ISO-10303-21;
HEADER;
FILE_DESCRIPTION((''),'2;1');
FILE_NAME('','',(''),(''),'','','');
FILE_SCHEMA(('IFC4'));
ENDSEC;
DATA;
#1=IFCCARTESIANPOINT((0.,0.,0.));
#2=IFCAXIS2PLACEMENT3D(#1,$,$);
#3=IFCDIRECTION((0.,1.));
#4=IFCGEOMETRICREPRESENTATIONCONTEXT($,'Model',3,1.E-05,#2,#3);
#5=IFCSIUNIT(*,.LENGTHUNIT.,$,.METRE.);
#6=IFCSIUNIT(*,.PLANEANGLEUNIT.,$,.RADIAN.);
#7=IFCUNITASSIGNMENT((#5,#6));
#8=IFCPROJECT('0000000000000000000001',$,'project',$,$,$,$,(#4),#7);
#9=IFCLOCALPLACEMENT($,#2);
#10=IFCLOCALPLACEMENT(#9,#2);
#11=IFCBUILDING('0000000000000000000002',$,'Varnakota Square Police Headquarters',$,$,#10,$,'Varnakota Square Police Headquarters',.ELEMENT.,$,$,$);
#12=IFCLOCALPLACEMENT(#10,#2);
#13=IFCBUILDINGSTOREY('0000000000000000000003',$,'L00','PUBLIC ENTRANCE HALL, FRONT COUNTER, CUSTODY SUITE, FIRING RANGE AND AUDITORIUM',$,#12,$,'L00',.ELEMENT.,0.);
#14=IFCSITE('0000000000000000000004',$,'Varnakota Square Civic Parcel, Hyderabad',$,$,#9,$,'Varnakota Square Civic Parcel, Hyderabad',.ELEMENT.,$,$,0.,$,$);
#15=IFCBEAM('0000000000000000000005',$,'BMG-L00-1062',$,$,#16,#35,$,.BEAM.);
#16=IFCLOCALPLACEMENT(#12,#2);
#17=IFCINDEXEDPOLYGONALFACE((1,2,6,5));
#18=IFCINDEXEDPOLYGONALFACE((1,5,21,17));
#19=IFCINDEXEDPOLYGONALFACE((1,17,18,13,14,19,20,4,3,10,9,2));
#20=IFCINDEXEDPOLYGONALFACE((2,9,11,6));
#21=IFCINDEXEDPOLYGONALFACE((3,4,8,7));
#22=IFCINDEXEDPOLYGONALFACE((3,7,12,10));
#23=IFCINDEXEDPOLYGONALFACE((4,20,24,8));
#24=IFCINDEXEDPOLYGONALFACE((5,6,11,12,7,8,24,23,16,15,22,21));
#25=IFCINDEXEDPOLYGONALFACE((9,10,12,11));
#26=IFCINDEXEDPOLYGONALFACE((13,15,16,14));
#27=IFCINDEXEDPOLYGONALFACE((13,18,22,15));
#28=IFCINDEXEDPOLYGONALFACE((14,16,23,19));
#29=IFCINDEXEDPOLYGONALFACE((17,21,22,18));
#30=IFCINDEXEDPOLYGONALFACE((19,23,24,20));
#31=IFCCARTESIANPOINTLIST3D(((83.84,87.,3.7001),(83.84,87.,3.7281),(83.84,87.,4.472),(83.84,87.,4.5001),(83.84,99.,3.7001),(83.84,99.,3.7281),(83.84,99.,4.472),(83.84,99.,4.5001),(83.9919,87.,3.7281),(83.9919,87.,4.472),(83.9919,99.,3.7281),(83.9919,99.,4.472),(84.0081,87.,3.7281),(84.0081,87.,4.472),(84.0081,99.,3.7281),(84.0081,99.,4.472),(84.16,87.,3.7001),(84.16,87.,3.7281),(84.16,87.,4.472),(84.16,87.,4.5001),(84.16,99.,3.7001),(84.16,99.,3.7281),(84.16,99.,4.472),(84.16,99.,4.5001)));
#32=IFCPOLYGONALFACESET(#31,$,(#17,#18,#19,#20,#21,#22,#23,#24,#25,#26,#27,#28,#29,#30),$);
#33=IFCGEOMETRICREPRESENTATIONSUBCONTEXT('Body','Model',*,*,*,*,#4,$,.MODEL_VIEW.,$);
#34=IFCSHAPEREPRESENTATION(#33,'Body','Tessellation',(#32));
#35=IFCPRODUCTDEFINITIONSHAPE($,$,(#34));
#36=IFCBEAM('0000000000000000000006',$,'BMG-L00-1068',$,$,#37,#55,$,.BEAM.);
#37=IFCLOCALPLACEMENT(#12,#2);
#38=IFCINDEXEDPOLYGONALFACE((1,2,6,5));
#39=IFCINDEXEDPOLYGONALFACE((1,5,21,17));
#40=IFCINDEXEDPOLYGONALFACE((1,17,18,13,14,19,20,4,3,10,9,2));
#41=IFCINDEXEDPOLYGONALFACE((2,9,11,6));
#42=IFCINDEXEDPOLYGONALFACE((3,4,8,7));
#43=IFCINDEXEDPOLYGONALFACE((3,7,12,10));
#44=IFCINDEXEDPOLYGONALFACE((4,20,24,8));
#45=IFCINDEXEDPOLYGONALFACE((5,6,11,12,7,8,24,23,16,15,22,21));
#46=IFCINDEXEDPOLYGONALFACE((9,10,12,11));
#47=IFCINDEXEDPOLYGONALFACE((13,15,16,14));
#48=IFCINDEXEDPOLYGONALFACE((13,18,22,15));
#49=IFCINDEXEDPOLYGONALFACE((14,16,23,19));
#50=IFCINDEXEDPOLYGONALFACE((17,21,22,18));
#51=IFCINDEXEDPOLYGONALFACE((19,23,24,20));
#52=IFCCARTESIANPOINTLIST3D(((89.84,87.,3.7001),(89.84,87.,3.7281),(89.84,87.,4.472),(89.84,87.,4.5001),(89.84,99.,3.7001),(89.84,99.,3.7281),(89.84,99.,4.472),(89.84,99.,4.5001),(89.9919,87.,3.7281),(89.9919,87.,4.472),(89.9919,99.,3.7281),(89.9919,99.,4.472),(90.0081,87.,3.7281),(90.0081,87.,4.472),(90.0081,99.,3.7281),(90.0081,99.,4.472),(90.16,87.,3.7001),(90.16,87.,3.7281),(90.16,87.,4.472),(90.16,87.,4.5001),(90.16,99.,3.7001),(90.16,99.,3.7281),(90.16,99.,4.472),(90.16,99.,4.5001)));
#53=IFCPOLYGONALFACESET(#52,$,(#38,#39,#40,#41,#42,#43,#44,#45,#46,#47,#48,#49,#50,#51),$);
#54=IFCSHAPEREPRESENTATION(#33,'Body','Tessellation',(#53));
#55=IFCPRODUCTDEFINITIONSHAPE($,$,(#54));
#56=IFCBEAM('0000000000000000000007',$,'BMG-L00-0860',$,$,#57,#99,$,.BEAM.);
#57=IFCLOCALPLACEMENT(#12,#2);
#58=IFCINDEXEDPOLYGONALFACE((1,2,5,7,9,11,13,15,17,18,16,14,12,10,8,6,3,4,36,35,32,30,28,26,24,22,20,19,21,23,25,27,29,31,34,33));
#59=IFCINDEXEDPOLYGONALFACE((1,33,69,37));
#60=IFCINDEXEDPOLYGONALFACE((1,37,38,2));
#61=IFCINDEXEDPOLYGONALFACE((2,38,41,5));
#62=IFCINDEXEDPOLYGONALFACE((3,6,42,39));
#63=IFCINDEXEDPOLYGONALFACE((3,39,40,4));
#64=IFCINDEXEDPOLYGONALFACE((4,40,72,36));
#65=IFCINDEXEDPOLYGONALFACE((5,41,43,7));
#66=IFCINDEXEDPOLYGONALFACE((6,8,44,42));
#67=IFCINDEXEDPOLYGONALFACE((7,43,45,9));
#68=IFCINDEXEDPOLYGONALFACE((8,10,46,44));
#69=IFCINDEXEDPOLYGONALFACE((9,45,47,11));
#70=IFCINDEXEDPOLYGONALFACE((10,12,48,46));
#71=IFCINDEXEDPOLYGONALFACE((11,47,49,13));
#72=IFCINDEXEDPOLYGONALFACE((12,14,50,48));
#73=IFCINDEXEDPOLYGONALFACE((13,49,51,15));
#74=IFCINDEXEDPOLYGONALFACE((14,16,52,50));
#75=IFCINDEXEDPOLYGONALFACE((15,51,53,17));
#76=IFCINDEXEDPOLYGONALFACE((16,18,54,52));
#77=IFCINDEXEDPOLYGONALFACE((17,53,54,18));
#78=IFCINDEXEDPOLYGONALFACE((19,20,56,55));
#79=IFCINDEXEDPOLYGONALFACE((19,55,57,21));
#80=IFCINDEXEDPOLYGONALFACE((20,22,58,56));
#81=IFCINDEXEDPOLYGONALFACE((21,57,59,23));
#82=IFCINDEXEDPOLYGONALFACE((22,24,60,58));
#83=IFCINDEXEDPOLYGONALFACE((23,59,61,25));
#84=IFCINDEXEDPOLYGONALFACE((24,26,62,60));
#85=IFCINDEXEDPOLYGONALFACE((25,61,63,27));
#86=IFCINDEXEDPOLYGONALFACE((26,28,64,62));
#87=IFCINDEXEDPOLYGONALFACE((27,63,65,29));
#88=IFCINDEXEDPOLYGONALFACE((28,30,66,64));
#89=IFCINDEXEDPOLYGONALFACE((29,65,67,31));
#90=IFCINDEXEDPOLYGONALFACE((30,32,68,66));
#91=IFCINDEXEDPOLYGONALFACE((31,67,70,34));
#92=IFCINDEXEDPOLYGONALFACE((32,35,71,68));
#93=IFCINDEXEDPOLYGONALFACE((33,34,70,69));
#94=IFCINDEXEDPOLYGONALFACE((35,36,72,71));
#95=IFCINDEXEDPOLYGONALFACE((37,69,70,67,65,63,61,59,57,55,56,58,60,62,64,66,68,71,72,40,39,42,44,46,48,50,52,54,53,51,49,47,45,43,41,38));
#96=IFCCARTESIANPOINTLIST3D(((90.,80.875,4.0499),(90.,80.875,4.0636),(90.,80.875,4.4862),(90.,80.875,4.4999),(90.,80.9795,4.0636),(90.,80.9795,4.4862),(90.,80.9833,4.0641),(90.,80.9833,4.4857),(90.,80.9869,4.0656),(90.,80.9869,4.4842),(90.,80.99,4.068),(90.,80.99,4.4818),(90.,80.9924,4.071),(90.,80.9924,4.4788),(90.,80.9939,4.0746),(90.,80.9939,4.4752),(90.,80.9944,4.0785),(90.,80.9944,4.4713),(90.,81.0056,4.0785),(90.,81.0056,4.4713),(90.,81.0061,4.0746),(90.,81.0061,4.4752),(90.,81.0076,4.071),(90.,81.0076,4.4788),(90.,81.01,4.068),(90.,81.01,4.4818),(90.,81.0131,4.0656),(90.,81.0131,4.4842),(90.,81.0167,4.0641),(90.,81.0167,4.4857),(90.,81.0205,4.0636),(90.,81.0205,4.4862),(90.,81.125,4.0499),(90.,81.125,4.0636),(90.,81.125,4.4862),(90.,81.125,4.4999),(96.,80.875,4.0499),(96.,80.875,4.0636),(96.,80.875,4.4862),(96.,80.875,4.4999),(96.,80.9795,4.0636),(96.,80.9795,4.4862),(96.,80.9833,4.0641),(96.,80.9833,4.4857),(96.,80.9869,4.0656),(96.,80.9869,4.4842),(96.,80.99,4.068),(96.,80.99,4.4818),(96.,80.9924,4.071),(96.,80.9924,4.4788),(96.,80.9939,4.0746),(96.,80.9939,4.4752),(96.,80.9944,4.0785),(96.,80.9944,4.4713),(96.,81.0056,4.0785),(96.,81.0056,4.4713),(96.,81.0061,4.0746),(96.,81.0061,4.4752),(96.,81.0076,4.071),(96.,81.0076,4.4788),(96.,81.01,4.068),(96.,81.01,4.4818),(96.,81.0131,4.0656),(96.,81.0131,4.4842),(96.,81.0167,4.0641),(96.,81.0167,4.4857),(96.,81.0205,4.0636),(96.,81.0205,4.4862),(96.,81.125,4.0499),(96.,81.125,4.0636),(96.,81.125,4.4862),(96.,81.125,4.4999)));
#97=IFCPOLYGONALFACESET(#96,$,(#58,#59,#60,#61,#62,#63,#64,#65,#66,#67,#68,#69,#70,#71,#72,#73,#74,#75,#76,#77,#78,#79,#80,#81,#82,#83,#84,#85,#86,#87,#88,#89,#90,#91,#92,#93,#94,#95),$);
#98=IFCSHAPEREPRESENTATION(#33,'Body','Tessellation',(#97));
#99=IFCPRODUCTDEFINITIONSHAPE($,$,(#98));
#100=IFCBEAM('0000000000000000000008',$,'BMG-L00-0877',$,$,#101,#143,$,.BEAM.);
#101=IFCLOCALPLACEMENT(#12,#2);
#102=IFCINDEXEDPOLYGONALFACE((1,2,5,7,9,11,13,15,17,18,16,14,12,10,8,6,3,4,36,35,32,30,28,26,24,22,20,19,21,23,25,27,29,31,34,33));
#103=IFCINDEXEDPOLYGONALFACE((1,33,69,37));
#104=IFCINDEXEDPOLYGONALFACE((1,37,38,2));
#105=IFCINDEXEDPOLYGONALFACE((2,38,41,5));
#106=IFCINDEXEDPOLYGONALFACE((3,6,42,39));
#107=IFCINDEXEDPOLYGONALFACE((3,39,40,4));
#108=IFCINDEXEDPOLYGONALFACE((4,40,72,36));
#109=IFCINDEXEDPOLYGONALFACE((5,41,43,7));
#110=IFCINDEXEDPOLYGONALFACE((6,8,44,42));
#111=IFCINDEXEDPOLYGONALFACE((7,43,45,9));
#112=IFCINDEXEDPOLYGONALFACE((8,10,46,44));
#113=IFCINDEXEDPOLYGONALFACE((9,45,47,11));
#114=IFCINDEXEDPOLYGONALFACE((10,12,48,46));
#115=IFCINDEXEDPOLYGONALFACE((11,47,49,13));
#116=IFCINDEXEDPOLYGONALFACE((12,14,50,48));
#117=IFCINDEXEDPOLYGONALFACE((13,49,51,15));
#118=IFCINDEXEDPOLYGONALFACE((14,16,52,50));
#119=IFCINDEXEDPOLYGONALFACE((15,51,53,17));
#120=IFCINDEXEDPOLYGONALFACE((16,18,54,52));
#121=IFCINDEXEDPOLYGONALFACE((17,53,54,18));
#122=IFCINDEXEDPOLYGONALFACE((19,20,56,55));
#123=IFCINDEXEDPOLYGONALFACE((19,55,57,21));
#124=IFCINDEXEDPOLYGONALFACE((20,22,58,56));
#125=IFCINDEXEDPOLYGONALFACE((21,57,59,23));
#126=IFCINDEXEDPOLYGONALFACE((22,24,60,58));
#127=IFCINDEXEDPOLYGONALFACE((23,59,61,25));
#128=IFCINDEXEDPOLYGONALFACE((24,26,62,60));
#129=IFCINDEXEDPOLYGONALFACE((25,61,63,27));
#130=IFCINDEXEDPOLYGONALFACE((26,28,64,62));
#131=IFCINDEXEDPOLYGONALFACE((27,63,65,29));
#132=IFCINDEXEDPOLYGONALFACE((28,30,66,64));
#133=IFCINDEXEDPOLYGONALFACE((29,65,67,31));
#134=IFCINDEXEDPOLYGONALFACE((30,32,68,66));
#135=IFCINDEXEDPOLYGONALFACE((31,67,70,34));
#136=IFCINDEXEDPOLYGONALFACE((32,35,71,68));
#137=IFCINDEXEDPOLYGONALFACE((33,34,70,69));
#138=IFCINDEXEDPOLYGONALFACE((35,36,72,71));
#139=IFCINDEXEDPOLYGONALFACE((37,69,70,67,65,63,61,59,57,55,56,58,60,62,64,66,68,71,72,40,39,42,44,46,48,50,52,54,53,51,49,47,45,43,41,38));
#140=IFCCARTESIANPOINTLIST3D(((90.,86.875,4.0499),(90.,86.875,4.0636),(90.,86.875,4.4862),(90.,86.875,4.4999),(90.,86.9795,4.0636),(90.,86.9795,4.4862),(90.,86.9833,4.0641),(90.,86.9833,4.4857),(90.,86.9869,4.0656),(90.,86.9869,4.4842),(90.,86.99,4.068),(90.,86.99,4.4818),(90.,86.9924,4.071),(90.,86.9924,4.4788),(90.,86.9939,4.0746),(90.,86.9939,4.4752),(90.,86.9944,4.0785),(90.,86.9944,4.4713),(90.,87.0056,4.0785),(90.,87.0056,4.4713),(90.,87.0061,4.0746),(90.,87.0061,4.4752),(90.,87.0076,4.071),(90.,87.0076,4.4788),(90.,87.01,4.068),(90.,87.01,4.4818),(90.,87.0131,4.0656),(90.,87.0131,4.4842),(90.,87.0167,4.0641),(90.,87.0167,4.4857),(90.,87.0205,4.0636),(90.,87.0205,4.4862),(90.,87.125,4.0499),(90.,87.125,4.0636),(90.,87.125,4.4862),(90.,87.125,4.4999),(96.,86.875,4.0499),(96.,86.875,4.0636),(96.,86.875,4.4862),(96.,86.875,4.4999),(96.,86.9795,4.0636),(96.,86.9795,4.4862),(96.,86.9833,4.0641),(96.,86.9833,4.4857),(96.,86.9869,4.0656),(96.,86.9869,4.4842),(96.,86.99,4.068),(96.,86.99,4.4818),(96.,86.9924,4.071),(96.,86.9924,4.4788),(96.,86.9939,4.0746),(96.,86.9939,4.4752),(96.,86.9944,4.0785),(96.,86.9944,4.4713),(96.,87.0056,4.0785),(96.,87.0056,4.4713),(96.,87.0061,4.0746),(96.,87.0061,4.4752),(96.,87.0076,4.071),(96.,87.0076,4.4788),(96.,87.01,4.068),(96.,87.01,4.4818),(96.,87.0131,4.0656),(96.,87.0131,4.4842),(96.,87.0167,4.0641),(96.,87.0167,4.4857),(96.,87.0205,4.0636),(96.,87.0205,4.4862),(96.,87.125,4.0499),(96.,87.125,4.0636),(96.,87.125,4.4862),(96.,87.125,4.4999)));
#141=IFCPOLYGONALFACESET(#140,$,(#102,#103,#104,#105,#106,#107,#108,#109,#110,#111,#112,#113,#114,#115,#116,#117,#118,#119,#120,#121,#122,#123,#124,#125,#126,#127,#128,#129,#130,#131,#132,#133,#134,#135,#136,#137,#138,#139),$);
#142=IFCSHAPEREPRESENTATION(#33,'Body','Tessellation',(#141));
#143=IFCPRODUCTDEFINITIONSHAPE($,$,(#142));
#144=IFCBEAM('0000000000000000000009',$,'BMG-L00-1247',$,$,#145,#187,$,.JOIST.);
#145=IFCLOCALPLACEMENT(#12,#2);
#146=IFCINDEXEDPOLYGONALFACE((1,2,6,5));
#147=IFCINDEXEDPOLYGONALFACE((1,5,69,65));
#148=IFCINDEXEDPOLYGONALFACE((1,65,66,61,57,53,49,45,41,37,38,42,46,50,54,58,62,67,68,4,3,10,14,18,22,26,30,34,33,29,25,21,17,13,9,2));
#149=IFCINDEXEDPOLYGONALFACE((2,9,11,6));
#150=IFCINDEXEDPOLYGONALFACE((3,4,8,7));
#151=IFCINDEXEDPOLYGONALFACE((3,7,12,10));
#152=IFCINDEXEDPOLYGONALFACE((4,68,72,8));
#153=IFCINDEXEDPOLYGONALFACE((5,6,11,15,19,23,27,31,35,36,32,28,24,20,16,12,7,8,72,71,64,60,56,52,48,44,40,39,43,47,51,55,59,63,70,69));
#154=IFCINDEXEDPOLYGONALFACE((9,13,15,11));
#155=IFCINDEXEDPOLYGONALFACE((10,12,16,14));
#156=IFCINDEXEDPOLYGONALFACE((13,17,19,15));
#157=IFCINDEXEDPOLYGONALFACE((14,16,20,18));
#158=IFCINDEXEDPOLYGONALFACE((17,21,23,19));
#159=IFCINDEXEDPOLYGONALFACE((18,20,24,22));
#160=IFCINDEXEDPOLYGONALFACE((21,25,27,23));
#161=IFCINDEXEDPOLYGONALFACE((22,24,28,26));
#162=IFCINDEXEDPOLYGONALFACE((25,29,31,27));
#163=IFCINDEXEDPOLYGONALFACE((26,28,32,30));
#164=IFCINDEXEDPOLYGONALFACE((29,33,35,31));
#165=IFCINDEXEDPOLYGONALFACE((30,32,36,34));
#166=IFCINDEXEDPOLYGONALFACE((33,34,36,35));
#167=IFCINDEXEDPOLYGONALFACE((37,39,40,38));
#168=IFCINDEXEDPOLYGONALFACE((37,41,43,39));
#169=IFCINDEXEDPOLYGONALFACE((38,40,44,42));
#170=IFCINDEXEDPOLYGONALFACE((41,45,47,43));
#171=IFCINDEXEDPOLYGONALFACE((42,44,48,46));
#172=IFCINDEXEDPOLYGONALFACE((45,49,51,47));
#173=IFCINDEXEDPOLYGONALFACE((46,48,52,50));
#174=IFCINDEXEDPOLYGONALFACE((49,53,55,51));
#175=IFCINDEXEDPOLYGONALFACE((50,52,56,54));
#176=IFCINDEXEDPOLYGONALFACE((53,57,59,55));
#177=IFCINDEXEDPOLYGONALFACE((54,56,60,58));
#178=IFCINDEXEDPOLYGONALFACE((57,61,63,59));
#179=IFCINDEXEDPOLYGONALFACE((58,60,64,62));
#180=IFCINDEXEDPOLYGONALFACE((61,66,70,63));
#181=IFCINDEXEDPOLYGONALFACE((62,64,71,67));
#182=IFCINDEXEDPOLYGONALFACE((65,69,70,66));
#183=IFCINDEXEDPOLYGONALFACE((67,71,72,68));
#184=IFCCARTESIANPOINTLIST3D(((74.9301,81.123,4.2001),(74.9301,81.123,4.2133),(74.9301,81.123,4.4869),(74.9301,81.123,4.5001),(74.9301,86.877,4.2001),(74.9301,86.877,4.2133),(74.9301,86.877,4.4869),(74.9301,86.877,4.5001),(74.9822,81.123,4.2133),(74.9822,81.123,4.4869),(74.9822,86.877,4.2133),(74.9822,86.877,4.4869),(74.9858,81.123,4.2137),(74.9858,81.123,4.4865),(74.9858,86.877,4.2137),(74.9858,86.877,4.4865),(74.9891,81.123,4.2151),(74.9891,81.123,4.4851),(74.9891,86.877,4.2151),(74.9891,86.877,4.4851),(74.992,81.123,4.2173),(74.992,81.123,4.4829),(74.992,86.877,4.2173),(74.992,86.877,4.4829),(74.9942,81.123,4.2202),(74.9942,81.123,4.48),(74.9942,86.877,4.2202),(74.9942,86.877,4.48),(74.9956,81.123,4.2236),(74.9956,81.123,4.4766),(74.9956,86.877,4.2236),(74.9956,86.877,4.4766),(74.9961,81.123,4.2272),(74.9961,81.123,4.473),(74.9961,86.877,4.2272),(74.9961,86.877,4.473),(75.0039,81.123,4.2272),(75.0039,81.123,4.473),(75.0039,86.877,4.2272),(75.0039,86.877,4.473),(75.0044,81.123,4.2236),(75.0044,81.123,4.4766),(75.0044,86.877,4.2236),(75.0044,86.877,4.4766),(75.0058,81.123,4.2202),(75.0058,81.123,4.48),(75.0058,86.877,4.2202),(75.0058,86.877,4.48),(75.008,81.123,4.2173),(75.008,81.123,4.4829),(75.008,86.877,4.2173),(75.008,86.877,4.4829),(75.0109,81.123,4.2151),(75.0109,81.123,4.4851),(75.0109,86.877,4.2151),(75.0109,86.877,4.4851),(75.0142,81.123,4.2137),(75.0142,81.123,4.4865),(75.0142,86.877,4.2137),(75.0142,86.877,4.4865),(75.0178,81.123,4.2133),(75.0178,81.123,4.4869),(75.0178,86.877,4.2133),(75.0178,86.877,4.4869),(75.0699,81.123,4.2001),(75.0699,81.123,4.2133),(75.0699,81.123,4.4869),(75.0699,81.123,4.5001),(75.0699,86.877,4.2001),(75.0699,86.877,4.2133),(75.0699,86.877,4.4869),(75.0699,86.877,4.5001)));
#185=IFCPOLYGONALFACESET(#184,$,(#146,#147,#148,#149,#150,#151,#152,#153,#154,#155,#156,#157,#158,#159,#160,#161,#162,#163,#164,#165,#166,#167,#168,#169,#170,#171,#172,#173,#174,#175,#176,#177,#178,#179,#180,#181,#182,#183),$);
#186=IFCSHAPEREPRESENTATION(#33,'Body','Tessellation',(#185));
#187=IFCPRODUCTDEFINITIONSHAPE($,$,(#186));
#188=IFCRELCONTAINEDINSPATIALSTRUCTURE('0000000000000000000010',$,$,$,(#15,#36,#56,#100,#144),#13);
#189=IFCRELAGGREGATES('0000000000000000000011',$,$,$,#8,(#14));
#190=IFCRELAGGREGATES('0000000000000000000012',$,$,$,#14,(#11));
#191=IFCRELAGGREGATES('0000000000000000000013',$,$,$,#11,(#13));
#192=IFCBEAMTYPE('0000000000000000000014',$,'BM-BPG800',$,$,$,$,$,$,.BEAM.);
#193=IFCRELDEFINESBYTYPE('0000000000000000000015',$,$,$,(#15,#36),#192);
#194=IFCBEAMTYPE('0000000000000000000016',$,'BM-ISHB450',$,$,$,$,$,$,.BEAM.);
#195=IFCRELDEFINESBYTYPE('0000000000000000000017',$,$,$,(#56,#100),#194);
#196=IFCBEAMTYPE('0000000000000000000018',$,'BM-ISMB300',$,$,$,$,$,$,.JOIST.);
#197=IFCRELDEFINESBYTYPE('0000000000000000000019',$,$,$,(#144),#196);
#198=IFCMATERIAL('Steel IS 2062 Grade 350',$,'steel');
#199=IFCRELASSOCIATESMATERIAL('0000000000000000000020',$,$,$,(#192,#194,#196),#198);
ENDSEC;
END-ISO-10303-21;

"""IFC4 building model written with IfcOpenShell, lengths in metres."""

from ifc_helpers import new_model, si_unit, direction, frame, origin, origin_2d, place, context, subcontext, project, spatial, i_section, extrude, material, material_profile, profile_set, type_object, element, save


model = new_model("IFC4")

# Units and contexts
model_context = context("Model", 3, precision=1e-05, world=origin(), true_north=direction((0.0, 1.0)))
body_context = subcontext(model_context, "Body", "Model", "MODEL_VIEW")
ifc_project = project(units=[si_unit("LENGTHUNIT", "METRE"), si_unit("PLANEANGLEUNIT", "RADIAN")], contexts=[model_context])

# Site, building, storey
site_placement = place(None, origin())
site = spatial("IfcSite", under=ifc_project, at=site_placement, Name="Varnakota Square Civic Parcel, Hyderabad", LongName="Varnakota Square Civic Parcel, Hyderabad", CompositionType="ELEMENT", RefElevation=0.0)
building_placement = place(site_placement, origin())
building = spatial("IfcBuilding", under=site, at=building_placement, Name="Varnakota Square Police Headquarters", LongName="Varnakota Square Police Headquarters", CompositionType="ELEMENT")
storey_placement = place(building_placement, origin())
storey = spatial("IfcBuildingStorey", under=building, at=storey_placement, Name="L00", Description="PUBLIC ENTRANCE HALL, FRONT COUNTER, CUSTODY SUITE, FIRING RANGE AND AUDITORIUM", LongName="L00", CompositionType="ELEMENT", Elevation=0.0)

# Beams
ifc_material_1 = material(Name="Steel IS 2062 Grade 350", Category="steel")
ifc_material_profile_1 = material_profile(ifc_material_1, i_section(OverallWidth=0.3201, OverallDepth=0.8, WebThickness=0.0161, FlangeThickness=0.0281, at=origin_2d()), Name="BPG 800x320")
ifc_profile_set_1 = profile_set([ifc_material_profile_1], Name="Steel IS 2062 Grade 350")
beam_type_1 = type_object("IfcBeamType", Name="BM-BPG800", PredefinedType="BEAM", material=ifc_profile_set_1)
for number, where, z_axis, x_axis, name in (
    (1, (84.0, 87.0, 4.1001), (0.0, 1.0, 0.0), (-1.0, 0.0, 0.0), "BMG-L00-1062"),
    (2, (90.0, 87.0, 4.1001), (0.0, 1.0, 0.0), (-1.0, 0.0, 0.0), "BMG-L00-1068"),
):
    element("IfcBeam", number, at=place(storey_placement, frame(where, z_axis=z_axis, x_axis=x_axis)), inside=storey, type_object=beam_type_1, Name=name, PredefinedType="BEAM", context=body_context, shape_type="SweptSolid", body=[
        extrude(i_section(OverallWidth=0.3201, OverallDepth=0.8, WebThickness=0.0161, FlangeThickness=0.0281, at=origin_2d()), origin(), (0.0, 0.0, 1.0), 12.0),
    ])
ifc_material_profile_2 = material_profile(ifc_material_1, i_section(OverallWidth=0.25, OverallDepth=0.45, WebThickness=0.0112, FlangeThickness=0.0137, FilletRadius=0.0149, at=origin_2d()), Name="ISHB 450")
ifc_profile_set_2 = profile_set([ifc_material_profile_2], Name="Steel IS 2062 Grade 350")
beam_type_2 = type_object("IfcBeamType", Name="BM-ISHB450", PredefinedType="BEAM", material=ifc_profile_set_2)
for number, where, z_axis, x_axis, name in (
    (3, (90.0, 81.0, 4.2749), (1.0, 0.0, 0.0), (0.0, 1.0, 0.0), "BMG-L00-0860"),
    (4, (90.0, 87.0, 4.2749), (1.0, 0.0, 0.0), (0.0, 1.0, 0.0), "BMG-L00-0877"),
):
    element("IfcBeam", number, at=place(storey_placement, frame(where, z_axis=z_axis, x_axis=x_axis)), inside=storey, type_object=beam_type_2, Name=name, PredefinedType="BEAM", context=body_context, shape_type="SweptSolid", body=[
        extrude(i_section(OverallWidth=0.25, OverallDepth=0.45, WebThickness=0.0112, FlangeThickness=0.0137, FilletRadius=0.0149, at=origin_2d()), origin(), (0.0, 0.0, 1.0), 6.0),
    ])
ifc_material_profile_3 = material_profile(ifc_material_1, i_section(OverallWidth=0.1399, OverallDepth=0.3, WebThickness=0.0078, FlangeThickness=0.0132, FilletRadius=0.0139, at=origin_2d()), Name="ISMB 300")
ifc_profile_set_3 = profile_set([ifc_material_profile_3], Name="Steel IS 2062 Grade 350")
beam_type_3 = type_object("IfcBeamType", Name="BM-ISMB300", PredefinedType="JOIST", material=ifc_profile_set_3)
for number, where, z_axis, x_axis, name in (
    (5, (75.0, 81.123, 4.3501), (0.0, 1.0, 0.0), (-1.0, 0.0, 0.0), "BMG-L00-1247"),
):
    element("IfcBeam", number, at=place(storey_placement, frame(where, z_axis=z_axis, x_axis=x_axis)), inside=storey, type_object=beam_type_3, Name=name, PredefinedType="JOIST", context=body_context, shape_type="SweptSolid", body=[
        extrude(i_section(OverallWidth=0.1399, OverallDepth=0.3, WebThickness=0.0078, FlangeThickness=0.0132, FilletRadius=0.0139, at=origin_2d()), origin(), (0.0, 0.0, 1.0), 5.7539),
    ])

save(model, "model.ifc")
